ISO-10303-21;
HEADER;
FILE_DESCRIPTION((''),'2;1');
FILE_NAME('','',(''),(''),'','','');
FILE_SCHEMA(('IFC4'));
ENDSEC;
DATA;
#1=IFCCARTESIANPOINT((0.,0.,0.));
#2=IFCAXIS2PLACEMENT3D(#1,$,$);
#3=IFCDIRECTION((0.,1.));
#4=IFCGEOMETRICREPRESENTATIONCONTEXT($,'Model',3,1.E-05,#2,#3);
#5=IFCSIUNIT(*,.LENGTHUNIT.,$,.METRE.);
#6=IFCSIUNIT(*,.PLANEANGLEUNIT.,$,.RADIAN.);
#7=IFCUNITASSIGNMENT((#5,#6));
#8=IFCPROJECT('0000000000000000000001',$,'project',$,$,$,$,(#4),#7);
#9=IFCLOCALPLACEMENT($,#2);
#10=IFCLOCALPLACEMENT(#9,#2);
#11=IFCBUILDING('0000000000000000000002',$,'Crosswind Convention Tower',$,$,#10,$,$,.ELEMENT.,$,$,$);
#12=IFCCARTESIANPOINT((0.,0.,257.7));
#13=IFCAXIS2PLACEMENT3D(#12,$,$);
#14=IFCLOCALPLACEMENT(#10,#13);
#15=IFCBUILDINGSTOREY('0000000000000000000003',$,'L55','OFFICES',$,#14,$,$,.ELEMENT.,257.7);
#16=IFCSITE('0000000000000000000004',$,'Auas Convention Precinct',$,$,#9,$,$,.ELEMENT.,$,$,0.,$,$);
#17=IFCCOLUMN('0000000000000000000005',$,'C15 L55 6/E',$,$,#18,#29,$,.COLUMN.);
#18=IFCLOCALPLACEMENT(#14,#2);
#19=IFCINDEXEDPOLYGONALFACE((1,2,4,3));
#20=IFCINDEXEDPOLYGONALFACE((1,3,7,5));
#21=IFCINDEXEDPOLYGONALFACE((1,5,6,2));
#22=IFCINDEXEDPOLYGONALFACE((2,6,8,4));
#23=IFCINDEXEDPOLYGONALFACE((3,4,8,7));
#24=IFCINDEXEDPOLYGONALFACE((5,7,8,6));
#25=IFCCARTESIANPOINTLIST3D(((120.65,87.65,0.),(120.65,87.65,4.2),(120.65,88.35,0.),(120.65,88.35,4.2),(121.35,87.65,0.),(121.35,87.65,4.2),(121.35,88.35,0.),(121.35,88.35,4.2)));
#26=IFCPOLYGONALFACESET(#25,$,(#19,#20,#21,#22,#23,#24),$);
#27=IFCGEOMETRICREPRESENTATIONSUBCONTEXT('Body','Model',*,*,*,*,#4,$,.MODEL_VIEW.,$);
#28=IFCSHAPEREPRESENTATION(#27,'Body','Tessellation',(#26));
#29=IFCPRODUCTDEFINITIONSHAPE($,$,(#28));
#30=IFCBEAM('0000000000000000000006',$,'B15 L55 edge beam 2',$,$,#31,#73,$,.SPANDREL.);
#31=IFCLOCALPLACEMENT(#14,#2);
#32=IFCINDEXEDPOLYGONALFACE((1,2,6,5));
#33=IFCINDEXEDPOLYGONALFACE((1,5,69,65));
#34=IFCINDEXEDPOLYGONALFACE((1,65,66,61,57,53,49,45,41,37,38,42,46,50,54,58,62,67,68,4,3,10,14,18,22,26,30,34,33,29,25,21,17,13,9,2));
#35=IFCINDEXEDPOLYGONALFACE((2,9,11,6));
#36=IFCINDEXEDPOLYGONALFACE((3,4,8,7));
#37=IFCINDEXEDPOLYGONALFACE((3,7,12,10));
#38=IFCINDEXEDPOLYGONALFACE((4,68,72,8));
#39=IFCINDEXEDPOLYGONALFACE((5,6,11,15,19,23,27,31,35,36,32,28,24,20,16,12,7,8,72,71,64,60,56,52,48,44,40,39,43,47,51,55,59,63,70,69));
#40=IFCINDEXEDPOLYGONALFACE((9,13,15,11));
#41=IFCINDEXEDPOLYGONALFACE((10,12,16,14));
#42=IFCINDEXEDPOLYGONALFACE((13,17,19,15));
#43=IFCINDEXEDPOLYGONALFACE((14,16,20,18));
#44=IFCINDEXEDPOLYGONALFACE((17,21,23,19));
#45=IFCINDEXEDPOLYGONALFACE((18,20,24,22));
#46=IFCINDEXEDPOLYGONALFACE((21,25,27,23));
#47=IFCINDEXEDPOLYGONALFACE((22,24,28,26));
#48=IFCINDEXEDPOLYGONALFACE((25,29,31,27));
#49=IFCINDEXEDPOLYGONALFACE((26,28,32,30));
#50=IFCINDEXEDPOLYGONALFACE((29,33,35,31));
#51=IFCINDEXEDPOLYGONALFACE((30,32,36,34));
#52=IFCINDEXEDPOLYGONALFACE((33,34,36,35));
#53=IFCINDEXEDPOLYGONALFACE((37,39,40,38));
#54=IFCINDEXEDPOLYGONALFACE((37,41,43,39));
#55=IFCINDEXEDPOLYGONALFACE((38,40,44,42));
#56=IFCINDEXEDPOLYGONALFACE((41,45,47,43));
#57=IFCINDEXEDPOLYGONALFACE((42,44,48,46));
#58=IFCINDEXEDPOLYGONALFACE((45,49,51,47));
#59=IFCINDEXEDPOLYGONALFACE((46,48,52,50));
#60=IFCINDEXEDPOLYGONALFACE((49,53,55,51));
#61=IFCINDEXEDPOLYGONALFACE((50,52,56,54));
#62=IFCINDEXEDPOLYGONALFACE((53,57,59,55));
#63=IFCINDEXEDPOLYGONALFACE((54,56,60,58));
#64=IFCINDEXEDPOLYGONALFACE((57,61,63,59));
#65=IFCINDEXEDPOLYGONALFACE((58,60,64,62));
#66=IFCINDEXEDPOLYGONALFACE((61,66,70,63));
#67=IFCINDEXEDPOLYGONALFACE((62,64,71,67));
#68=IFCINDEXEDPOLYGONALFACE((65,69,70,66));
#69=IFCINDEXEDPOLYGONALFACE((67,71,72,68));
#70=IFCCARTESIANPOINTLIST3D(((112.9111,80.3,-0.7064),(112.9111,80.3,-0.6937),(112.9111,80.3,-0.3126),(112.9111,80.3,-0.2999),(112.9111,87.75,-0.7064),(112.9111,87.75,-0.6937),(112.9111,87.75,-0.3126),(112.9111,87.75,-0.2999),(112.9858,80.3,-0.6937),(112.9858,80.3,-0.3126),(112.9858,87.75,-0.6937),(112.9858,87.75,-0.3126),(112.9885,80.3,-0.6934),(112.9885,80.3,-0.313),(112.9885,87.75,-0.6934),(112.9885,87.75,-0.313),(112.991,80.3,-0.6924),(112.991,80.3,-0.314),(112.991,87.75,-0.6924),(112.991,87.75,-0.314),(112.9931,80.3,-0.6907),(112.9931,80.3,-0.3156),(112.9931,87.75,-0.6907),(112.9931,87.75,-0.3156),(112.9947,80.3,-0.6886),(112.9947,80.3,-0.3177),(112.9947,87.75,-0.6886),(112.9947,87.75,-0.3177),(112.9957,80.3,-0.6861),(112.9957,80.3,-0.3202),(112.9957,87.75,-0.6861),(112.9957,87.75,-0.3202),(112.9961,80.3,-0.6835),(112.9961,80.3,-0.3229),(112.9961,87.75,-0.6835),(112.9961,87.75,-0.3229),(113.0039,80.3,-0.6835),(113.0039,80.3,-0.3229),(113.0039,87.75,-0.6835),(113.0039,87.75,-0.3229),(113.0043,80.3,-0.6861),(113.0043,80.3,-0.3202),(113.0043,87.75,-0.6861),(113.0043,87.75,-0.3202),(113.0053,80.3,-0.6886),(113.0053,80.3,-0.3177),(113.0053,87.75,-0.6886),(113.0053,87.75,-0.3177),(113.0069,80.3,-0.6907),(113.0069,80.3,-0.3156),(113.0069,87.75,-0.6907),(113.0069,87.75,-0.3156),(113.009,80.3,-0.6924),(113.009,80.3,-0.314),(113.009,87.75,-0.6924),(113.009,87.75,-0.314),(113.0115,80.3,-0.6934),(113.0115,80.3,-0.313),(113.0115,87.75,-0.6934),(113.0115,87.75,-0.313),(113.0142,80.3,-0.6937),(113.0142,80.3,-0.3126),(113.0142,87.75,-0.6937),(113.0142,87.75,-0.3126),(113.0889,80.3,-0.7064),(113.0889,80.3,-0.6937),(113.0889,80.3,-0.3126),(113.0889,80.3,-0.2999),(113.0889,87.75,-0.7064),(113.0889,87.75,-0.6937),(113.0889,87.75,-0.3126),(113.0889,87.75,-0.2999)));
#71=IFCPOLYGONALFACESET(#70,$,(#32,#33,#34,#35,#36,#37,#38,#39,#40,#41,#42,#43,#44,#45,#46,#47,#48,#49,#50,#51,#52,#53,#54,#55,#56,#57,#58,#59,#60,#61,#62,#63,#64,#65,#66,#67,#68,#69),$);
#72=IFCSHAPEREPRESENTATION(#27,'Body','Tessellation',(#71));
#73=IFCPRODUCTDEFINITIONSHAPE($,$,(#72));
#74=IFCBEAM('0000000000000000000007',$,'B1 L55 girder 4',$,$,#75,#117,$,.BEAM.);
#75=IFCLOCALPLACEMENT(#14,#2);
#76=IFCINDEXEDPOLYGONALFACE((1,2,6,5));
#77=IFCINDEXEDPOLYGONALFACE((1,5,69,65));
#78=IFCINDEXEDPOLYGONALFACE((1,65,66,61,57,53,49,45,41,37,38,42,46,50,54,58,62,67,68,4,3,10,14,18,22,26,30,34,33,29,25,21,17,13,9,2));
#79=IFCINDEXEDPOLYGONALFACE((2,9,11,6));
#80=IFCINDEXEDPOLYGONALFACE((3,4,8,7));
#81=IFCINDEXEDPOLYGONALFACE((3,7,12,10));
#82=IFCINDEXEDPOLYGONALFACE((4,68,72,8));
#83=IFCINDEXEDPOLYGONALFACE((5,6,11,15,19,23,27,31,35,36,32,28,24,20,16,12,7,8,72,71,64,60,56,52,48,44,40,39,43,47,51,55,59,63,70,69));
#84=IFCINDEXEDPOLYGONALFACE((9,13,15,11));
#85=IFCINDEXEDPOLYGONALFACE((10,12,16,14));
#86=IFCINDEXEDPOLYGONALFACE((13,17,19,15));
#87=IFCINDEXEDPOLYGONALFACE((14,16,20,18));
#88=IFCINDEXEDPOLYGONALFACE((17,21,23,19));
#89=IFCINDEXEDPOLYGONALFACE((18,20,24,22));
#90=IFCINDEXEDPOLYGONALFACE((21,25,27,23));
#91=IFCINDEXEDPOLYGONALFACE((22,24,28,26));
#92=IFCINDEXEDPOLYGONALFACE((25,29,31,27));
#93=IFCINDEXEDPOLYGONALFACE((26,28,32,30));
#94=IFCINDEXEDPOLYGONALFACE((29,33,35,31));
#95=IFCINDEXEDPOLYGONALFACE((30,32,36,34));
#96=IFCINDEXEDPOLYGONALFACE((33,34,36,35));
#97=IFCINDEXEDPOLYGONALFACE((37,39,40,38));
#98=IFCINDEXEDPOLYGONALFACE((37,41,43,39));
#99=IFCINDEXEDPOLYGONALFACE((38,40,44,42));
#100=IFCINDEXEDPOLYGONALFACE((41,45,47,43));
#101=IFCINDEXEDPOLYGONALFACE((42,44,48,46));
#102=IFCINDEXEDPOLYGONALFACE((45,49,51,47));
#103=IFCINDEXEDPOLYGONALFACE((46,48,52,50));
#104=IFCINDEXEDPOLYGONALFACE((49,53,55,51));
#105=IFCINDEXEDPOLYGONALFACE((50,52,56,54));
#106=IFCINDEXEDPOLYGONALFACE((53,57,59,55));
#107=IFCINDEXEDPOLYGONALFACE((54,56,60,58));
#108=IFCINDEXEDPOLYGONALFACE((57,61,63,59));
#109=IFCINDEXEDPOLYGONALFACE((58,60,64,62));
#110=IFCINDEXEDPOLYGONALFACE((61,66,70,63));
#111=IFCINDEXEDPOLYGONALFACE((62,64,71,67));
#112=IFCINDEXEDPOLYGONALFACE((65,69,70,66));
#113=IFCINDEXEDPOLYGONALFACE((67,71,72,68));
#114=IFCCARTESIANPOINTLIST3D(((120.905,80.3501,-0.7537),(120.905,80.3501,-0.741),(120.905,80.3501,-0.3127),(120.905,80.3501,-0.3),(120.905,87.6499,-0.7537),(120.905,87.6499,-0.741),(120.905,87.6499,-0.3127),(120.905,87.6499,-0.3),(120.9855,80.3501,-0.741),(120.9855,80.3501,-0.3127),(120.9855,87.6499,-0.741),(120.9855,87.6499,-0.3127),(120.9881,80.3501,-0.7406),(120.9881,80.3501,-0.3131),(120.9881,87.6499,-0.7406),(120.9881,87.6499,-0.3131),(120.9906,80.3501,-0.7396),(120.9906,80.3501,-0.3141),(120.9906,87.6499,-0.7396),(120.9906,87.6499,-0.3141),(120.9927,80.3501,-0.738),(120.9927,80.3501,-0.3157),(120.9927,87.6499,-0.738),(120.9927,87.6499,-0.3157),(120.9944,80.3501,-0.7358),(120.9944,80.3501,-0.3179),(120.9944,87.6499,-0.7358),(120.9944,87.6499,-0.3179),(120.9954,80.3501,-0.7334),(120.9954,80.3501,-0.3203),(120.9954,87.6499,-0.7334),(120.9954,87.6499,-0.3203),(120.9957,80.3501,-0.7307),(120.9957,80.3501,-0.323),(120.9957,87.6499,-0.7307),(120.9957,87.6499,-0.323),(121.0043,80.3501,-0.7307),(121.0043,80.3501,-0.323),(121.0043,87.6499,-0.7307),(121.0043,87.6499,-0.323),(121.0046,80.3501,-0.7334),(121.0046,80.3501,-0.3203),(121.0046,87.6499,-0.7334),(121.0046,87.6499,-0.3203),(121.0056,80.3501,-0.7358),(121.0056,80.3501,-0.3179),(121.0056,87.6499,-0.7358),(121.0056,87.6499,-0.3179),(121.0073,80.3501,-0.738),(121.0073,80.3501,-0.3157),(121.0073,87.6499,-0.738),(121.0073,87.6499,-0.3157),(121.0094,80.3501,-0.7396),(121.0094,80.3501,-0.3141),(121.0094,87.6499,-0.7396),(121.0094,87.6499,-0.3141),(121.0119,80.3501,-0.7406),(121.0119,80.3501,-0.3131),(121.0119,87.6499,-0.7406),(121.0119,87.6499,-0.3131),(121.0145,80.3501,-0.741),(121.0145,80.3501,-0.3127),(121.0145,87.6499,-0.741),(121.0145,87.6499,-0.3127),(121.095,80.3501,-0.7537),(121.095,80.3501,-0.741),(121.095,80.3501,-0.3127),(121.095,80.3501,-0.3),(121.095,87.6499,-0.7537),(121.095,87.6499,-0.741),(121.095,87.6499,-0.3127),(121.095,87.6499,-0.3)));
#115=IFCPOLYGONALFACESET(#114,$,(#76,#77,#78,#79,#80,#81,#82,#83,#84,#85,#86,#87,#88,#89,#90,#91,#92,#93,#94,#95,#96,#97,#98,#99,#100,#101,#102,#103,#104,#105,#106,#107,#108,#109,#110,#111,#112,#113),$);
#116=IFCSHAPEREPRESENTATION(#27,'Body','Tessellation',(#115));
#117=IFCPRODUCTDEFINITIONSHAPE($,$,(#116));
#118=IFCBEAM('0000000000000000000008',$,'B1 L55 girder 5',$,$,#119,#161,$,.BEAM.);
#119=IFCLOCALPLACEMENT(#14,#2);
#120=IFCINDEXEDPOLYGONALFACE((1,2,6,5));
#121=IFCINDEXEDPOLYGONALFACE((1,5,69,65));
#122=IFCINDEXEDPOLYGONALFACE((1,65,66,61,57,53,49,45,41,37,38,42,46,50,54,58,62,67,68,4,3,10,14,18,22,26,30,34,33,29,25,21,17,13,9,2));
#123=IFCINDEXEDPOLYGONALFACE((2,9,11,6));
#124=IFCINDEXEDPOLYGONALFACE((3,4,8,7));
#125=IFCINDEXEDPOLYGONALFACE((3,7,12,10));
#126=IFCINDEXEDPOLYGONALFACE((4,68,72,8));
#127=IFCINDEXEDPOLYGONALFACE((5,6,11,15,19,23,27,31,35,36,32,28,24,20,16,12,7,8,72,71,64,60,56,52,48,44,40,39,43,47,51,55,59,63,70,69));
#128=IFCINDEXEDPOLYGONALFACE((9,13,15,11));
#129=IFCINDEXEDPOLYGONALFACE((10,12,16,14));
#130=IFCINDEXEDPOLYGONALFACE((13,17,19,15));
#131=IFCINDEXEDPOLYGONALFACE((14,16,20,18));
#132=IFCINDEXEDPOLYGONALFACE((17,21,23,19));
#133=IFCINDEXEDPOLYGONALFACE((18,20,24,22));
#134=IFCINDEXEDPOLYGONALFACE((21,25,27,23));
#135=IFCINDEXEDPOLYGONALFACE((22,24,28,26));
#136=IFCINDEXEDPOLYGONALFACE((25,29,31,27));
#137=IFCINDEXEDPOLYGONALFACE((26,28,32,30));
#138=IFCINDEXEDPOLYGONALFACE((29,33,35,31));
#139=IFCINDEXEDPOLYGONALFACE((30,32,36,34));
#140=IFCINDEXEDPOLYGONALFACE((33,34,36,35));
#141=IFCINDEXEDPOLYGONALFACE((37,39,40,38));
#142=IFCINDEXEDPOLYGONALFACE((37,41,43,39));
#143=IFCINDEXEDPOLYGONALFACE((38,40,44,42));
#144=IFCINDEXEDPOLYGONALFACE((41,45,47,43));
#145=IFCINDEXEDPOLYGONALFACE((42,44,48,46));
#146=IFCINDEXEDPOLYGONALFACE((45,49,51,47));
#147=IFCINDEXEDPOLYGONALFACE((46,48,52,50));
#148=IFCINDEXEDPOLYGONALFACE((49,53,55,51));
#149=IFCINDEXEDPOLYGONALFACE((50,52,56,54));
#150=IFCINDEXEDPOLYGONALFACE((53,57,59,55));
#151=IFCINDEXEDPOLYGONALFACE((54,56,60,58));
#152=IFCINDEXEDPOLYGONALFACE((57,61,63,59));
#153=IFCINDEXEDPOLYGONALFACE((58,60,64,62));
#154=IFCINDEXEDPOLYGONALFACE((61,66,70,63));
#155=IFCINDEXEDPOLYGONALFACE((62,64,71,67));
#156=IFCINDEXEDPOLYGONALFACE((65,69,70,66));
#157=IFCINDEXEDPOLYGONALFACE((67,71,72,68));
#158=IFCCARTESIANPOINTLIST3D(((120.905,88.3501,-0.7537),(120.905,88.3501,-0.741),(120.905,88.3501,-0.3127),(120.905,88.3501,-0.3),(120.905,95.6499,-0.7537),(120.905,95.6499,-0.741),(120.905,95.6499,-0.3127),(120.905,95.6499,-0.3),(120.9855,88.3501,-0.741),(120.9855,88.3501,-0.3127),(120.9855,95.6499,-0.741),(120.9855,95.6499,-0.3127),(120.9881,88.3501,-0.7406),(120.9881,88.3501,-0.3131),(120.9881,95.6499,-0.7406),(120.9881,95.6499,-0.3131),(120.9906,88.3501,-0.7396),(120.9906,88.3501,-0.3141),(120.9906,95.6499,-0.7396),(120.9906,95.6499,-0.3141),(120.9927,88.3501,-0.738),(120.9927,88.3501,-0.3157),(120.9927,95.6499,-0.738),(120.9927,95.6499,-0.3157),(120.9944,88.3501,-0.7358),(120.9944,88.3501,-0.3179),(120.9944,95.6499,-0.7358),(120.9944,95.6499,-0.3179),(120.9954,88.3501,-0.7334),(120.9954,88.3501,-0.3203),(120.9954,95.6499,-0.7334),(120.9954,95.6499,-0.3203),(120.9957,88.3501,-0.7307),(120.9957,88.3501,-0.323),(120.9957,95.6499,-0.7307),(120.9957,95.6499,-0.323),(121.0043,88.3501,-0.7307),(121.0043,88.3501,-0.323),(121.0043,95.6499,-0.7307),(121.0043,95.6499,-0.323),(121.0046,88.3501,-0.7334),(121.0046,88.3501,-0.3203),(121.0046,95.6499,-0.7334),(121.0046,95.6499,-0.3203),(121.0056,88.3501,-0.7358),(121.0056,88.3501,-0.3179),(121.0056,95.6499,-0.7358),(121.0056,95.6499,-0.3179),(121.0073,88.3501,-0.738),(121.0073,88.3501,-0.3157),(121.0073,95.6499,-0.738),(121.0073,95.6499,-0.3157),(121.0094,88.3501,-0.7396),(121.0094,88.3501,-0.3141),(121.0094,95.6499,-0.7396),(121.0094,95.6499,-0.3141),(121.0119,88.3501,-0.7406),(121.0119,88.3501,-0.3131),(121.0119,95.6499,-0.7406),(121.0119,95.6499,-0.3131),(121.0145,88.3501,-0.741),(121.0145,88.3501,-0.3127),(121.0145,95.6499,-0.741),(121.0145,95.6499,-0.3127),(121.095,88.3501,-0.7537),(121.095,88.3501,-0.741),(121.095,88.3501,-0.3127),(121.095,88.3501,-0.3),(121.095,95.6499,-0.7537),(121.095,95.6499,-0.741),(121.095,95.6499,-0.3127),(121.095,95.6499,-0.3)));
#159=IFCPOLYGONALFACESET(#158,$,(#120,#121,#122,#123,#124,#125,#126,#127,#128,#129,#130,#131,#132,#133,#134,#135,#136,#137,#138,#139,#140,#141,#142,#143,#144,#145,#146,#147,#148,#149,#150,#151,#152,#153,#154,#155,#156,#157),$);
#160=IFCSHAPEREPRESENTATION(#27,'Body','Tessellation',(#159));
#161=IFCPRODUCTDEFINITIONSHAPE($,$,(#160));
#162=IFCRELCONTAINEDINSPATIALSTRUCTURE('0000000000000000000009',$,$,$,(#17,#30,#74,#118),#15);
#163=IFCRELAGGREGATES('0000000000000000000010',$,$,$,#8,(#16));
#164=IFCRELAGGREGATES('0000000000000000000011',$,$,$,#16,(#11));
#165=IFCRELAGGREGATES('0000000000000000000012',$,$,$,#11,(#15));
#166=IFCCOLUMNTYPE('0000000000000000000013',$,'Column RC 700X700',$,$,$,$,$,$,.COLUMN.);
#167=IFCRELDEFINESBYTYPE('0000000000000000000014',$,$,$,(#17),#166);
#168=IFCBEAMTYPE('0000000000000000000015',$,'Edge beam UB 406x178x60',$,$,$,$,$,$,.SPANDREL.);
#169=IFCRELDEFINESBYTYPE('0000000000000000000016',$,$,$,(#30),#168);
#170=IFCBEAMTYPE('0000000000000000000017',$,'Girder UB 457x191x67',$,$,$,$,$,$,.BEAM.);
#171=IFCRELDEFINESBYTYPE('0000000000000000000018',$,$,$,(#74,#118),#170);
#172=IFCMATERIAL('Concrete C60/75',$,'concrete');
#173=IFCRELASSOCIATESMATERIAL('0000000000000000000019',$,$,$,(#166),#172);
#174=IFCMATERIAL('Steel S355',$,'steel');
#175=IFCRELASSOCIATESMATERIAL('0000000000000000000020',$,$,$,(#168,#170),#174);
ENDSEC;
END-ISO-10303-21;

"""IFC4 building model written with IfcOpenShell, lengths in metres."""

from ifc_helpers import new_model, si_unit, direction, frame, origin, origin_2d, place, context, subcontext, project, spatial, rectangle, i_section, extrude, material, material_profile, profile_set, type_object, element, save


model = new_model("IFC4")

# Units and contexts
model_context = context("Model", 3, precision=1e-05, world=origin(), true_north=direction((0.0, 1.0)))
body_context = subcontext(model_context, "Body", "Model", "MODEL_VIEW")
ifc_project = project(units=[si_unit("LENGTHUNIT", "METRE"), si_unit("PLANEANGLEUNIT", "RADIAN")], contexts=[model_context])

# Site, building, storey
site_placement = place(None, origin())
site = spatial("IfcSite", under=ifc_project, at=site_placement, Name="Auas Convention Precinct", CompositionType="ELEMENT", RefElevation=0.0)
building_placement = place(site_placement, origin())
building = spatial("IfcBuilding", under=site, at=building_placement, Name="Crosswind Convention Tower", CompositionType="ELEMENT")
storey_placement = place(building_placement, frame((0.0, 0.0, 257.7)))
storey = spatial("IfcBuildingStorey", under=building, at=storey_placement, Name="L55", Description="OFFICES", CompositionType="ELEMENT", Elevation=257.7)

# Column
ifc_material_1 = material(Name="Concrete C60/75", Category="concrete")
ifc_material_profile_1 = material_profile(ifc_material_1, rectangle(XDim=0.7, YDim=0.7, at=origin_2d()), Name="RC 700X700")
ifc_profile_set_1 = profile_set([ifc_material_profile_1], Name="Concrete C60/75")
column_type = type_object("IfcColumnType", Name="Column RC 700X700", PredefinedType="COLUMN", material=ifc_profile_set_1)
column_placement = place(storey_placement, frame((121.0, 88.0, 0.0), z_axis=(0.0, 0.0, 1.0), x_axis=(1.0, 0.0, 0.0)))
element("IfcColumn", 1, at=column_placement, inside=storey, type_object=column_type, Name="C15 L55 6/E", PredefinedType="COLUMN", context=body_context, shape_type="SweptSolid", body=[
    extrude(rectangle(XDim=0.7, YDim=0.7, at=origin_2d()), origin(), (0.0, 0.0, 1.0), 4.2),
])

# Beams
ifc_material_2 = material(Name="Steel S355", Category="steel")
ifc_material_profile_2 = material_profile(ifc_material_2, i_section(OverallWidth=0.1777, OverallDepth=0.4065, WebThickness=0.0078, FlangeThickness=0.0127, FilletRadius=0.0103, at=origin_2d()), Name="UB 406x178x60")
ifc_profile_set_2 = profile_set([ifc_material_profile_2], Name="Steel S355")
beam_type_1 = type_object("IfcBeamType", Name="Edge beam UB 406x178x60", PredefinedType="SPANDREL", material=ifc_profile_set_2)
beam_1_placement = place(storey_placement, frame((113.0, 80.3, -0.5032), z_axis=(0.0, 1.0, 0.0), x_axis=(-1.0, 0.0, 0.0)))
element("IfcBeam", 2, at=beam_1_placement, inside=storey, type_object=beam_type_1, Name="B15 L55 edge beam 2", PredefinedType="SPANDREL", context=body_context, shape_type="SweptSolid", body=[
    extrude(i_section(OverallWidth=0.1777, OverallDepth=0.4065, WebThickness=0.0078, FlangeThickness=0.0127, FilletRadius=0.0103, at=origin_2d()), origin(), (0.0, 0.0, 1.0), 7.45),
])
ifc_material_profile_3 = material_profile(ifc_material_2, i_section(OverallWidth=0.1899, OverallDepth=0.4536, WebThickness=0.0085, FlangeThickness=0.0127, FilletRadius=0.0103, at=origin_2d()), Name="UB 457x191x67")
ifc_profile_set_3 = profile_set([ifc_material_profile_3], Name="Steel S355")
beam_type_2 = type_object("IfcBeamType", Name="Girder UB 457x191x67", PredefinedType="BEAM", material=ifc_profile_set_3)
for number, where, z_axis, x_axis, name in (
    (3, (121.0, 80.3501, -0.5269), (0.0, 1.0, 0.0), (-1.0, 0.0, 0.0), "B1 L55 girder 4"),
    (4, (121.0, 88.3501, -0.5269), (0.0, 1.0, 0.0), (-1.0, 0.0, 0.0), "B1 L55 girder 5"),
):
    element("IfcBeam", number, at=place(storey_placement, frame(where, z_axis=z_axis, x_axis=x_axis)), inside=storey, type_object=beam_type_2, Name=name, PredefinedType="BEAM", context=body_context, shape_type="SweptSolid", body=[
        extrude(i_section(OverallWidth=0.1899, OverallDepth=0.4536, WebThickness=0.0085, FlangeThickness=0.0127, FilletRadius=0.0103, at=origin_2d()), origin(), (0.0, 0.0, 1.0), 7.2998),
    ])

save(model, "model.ifc")
